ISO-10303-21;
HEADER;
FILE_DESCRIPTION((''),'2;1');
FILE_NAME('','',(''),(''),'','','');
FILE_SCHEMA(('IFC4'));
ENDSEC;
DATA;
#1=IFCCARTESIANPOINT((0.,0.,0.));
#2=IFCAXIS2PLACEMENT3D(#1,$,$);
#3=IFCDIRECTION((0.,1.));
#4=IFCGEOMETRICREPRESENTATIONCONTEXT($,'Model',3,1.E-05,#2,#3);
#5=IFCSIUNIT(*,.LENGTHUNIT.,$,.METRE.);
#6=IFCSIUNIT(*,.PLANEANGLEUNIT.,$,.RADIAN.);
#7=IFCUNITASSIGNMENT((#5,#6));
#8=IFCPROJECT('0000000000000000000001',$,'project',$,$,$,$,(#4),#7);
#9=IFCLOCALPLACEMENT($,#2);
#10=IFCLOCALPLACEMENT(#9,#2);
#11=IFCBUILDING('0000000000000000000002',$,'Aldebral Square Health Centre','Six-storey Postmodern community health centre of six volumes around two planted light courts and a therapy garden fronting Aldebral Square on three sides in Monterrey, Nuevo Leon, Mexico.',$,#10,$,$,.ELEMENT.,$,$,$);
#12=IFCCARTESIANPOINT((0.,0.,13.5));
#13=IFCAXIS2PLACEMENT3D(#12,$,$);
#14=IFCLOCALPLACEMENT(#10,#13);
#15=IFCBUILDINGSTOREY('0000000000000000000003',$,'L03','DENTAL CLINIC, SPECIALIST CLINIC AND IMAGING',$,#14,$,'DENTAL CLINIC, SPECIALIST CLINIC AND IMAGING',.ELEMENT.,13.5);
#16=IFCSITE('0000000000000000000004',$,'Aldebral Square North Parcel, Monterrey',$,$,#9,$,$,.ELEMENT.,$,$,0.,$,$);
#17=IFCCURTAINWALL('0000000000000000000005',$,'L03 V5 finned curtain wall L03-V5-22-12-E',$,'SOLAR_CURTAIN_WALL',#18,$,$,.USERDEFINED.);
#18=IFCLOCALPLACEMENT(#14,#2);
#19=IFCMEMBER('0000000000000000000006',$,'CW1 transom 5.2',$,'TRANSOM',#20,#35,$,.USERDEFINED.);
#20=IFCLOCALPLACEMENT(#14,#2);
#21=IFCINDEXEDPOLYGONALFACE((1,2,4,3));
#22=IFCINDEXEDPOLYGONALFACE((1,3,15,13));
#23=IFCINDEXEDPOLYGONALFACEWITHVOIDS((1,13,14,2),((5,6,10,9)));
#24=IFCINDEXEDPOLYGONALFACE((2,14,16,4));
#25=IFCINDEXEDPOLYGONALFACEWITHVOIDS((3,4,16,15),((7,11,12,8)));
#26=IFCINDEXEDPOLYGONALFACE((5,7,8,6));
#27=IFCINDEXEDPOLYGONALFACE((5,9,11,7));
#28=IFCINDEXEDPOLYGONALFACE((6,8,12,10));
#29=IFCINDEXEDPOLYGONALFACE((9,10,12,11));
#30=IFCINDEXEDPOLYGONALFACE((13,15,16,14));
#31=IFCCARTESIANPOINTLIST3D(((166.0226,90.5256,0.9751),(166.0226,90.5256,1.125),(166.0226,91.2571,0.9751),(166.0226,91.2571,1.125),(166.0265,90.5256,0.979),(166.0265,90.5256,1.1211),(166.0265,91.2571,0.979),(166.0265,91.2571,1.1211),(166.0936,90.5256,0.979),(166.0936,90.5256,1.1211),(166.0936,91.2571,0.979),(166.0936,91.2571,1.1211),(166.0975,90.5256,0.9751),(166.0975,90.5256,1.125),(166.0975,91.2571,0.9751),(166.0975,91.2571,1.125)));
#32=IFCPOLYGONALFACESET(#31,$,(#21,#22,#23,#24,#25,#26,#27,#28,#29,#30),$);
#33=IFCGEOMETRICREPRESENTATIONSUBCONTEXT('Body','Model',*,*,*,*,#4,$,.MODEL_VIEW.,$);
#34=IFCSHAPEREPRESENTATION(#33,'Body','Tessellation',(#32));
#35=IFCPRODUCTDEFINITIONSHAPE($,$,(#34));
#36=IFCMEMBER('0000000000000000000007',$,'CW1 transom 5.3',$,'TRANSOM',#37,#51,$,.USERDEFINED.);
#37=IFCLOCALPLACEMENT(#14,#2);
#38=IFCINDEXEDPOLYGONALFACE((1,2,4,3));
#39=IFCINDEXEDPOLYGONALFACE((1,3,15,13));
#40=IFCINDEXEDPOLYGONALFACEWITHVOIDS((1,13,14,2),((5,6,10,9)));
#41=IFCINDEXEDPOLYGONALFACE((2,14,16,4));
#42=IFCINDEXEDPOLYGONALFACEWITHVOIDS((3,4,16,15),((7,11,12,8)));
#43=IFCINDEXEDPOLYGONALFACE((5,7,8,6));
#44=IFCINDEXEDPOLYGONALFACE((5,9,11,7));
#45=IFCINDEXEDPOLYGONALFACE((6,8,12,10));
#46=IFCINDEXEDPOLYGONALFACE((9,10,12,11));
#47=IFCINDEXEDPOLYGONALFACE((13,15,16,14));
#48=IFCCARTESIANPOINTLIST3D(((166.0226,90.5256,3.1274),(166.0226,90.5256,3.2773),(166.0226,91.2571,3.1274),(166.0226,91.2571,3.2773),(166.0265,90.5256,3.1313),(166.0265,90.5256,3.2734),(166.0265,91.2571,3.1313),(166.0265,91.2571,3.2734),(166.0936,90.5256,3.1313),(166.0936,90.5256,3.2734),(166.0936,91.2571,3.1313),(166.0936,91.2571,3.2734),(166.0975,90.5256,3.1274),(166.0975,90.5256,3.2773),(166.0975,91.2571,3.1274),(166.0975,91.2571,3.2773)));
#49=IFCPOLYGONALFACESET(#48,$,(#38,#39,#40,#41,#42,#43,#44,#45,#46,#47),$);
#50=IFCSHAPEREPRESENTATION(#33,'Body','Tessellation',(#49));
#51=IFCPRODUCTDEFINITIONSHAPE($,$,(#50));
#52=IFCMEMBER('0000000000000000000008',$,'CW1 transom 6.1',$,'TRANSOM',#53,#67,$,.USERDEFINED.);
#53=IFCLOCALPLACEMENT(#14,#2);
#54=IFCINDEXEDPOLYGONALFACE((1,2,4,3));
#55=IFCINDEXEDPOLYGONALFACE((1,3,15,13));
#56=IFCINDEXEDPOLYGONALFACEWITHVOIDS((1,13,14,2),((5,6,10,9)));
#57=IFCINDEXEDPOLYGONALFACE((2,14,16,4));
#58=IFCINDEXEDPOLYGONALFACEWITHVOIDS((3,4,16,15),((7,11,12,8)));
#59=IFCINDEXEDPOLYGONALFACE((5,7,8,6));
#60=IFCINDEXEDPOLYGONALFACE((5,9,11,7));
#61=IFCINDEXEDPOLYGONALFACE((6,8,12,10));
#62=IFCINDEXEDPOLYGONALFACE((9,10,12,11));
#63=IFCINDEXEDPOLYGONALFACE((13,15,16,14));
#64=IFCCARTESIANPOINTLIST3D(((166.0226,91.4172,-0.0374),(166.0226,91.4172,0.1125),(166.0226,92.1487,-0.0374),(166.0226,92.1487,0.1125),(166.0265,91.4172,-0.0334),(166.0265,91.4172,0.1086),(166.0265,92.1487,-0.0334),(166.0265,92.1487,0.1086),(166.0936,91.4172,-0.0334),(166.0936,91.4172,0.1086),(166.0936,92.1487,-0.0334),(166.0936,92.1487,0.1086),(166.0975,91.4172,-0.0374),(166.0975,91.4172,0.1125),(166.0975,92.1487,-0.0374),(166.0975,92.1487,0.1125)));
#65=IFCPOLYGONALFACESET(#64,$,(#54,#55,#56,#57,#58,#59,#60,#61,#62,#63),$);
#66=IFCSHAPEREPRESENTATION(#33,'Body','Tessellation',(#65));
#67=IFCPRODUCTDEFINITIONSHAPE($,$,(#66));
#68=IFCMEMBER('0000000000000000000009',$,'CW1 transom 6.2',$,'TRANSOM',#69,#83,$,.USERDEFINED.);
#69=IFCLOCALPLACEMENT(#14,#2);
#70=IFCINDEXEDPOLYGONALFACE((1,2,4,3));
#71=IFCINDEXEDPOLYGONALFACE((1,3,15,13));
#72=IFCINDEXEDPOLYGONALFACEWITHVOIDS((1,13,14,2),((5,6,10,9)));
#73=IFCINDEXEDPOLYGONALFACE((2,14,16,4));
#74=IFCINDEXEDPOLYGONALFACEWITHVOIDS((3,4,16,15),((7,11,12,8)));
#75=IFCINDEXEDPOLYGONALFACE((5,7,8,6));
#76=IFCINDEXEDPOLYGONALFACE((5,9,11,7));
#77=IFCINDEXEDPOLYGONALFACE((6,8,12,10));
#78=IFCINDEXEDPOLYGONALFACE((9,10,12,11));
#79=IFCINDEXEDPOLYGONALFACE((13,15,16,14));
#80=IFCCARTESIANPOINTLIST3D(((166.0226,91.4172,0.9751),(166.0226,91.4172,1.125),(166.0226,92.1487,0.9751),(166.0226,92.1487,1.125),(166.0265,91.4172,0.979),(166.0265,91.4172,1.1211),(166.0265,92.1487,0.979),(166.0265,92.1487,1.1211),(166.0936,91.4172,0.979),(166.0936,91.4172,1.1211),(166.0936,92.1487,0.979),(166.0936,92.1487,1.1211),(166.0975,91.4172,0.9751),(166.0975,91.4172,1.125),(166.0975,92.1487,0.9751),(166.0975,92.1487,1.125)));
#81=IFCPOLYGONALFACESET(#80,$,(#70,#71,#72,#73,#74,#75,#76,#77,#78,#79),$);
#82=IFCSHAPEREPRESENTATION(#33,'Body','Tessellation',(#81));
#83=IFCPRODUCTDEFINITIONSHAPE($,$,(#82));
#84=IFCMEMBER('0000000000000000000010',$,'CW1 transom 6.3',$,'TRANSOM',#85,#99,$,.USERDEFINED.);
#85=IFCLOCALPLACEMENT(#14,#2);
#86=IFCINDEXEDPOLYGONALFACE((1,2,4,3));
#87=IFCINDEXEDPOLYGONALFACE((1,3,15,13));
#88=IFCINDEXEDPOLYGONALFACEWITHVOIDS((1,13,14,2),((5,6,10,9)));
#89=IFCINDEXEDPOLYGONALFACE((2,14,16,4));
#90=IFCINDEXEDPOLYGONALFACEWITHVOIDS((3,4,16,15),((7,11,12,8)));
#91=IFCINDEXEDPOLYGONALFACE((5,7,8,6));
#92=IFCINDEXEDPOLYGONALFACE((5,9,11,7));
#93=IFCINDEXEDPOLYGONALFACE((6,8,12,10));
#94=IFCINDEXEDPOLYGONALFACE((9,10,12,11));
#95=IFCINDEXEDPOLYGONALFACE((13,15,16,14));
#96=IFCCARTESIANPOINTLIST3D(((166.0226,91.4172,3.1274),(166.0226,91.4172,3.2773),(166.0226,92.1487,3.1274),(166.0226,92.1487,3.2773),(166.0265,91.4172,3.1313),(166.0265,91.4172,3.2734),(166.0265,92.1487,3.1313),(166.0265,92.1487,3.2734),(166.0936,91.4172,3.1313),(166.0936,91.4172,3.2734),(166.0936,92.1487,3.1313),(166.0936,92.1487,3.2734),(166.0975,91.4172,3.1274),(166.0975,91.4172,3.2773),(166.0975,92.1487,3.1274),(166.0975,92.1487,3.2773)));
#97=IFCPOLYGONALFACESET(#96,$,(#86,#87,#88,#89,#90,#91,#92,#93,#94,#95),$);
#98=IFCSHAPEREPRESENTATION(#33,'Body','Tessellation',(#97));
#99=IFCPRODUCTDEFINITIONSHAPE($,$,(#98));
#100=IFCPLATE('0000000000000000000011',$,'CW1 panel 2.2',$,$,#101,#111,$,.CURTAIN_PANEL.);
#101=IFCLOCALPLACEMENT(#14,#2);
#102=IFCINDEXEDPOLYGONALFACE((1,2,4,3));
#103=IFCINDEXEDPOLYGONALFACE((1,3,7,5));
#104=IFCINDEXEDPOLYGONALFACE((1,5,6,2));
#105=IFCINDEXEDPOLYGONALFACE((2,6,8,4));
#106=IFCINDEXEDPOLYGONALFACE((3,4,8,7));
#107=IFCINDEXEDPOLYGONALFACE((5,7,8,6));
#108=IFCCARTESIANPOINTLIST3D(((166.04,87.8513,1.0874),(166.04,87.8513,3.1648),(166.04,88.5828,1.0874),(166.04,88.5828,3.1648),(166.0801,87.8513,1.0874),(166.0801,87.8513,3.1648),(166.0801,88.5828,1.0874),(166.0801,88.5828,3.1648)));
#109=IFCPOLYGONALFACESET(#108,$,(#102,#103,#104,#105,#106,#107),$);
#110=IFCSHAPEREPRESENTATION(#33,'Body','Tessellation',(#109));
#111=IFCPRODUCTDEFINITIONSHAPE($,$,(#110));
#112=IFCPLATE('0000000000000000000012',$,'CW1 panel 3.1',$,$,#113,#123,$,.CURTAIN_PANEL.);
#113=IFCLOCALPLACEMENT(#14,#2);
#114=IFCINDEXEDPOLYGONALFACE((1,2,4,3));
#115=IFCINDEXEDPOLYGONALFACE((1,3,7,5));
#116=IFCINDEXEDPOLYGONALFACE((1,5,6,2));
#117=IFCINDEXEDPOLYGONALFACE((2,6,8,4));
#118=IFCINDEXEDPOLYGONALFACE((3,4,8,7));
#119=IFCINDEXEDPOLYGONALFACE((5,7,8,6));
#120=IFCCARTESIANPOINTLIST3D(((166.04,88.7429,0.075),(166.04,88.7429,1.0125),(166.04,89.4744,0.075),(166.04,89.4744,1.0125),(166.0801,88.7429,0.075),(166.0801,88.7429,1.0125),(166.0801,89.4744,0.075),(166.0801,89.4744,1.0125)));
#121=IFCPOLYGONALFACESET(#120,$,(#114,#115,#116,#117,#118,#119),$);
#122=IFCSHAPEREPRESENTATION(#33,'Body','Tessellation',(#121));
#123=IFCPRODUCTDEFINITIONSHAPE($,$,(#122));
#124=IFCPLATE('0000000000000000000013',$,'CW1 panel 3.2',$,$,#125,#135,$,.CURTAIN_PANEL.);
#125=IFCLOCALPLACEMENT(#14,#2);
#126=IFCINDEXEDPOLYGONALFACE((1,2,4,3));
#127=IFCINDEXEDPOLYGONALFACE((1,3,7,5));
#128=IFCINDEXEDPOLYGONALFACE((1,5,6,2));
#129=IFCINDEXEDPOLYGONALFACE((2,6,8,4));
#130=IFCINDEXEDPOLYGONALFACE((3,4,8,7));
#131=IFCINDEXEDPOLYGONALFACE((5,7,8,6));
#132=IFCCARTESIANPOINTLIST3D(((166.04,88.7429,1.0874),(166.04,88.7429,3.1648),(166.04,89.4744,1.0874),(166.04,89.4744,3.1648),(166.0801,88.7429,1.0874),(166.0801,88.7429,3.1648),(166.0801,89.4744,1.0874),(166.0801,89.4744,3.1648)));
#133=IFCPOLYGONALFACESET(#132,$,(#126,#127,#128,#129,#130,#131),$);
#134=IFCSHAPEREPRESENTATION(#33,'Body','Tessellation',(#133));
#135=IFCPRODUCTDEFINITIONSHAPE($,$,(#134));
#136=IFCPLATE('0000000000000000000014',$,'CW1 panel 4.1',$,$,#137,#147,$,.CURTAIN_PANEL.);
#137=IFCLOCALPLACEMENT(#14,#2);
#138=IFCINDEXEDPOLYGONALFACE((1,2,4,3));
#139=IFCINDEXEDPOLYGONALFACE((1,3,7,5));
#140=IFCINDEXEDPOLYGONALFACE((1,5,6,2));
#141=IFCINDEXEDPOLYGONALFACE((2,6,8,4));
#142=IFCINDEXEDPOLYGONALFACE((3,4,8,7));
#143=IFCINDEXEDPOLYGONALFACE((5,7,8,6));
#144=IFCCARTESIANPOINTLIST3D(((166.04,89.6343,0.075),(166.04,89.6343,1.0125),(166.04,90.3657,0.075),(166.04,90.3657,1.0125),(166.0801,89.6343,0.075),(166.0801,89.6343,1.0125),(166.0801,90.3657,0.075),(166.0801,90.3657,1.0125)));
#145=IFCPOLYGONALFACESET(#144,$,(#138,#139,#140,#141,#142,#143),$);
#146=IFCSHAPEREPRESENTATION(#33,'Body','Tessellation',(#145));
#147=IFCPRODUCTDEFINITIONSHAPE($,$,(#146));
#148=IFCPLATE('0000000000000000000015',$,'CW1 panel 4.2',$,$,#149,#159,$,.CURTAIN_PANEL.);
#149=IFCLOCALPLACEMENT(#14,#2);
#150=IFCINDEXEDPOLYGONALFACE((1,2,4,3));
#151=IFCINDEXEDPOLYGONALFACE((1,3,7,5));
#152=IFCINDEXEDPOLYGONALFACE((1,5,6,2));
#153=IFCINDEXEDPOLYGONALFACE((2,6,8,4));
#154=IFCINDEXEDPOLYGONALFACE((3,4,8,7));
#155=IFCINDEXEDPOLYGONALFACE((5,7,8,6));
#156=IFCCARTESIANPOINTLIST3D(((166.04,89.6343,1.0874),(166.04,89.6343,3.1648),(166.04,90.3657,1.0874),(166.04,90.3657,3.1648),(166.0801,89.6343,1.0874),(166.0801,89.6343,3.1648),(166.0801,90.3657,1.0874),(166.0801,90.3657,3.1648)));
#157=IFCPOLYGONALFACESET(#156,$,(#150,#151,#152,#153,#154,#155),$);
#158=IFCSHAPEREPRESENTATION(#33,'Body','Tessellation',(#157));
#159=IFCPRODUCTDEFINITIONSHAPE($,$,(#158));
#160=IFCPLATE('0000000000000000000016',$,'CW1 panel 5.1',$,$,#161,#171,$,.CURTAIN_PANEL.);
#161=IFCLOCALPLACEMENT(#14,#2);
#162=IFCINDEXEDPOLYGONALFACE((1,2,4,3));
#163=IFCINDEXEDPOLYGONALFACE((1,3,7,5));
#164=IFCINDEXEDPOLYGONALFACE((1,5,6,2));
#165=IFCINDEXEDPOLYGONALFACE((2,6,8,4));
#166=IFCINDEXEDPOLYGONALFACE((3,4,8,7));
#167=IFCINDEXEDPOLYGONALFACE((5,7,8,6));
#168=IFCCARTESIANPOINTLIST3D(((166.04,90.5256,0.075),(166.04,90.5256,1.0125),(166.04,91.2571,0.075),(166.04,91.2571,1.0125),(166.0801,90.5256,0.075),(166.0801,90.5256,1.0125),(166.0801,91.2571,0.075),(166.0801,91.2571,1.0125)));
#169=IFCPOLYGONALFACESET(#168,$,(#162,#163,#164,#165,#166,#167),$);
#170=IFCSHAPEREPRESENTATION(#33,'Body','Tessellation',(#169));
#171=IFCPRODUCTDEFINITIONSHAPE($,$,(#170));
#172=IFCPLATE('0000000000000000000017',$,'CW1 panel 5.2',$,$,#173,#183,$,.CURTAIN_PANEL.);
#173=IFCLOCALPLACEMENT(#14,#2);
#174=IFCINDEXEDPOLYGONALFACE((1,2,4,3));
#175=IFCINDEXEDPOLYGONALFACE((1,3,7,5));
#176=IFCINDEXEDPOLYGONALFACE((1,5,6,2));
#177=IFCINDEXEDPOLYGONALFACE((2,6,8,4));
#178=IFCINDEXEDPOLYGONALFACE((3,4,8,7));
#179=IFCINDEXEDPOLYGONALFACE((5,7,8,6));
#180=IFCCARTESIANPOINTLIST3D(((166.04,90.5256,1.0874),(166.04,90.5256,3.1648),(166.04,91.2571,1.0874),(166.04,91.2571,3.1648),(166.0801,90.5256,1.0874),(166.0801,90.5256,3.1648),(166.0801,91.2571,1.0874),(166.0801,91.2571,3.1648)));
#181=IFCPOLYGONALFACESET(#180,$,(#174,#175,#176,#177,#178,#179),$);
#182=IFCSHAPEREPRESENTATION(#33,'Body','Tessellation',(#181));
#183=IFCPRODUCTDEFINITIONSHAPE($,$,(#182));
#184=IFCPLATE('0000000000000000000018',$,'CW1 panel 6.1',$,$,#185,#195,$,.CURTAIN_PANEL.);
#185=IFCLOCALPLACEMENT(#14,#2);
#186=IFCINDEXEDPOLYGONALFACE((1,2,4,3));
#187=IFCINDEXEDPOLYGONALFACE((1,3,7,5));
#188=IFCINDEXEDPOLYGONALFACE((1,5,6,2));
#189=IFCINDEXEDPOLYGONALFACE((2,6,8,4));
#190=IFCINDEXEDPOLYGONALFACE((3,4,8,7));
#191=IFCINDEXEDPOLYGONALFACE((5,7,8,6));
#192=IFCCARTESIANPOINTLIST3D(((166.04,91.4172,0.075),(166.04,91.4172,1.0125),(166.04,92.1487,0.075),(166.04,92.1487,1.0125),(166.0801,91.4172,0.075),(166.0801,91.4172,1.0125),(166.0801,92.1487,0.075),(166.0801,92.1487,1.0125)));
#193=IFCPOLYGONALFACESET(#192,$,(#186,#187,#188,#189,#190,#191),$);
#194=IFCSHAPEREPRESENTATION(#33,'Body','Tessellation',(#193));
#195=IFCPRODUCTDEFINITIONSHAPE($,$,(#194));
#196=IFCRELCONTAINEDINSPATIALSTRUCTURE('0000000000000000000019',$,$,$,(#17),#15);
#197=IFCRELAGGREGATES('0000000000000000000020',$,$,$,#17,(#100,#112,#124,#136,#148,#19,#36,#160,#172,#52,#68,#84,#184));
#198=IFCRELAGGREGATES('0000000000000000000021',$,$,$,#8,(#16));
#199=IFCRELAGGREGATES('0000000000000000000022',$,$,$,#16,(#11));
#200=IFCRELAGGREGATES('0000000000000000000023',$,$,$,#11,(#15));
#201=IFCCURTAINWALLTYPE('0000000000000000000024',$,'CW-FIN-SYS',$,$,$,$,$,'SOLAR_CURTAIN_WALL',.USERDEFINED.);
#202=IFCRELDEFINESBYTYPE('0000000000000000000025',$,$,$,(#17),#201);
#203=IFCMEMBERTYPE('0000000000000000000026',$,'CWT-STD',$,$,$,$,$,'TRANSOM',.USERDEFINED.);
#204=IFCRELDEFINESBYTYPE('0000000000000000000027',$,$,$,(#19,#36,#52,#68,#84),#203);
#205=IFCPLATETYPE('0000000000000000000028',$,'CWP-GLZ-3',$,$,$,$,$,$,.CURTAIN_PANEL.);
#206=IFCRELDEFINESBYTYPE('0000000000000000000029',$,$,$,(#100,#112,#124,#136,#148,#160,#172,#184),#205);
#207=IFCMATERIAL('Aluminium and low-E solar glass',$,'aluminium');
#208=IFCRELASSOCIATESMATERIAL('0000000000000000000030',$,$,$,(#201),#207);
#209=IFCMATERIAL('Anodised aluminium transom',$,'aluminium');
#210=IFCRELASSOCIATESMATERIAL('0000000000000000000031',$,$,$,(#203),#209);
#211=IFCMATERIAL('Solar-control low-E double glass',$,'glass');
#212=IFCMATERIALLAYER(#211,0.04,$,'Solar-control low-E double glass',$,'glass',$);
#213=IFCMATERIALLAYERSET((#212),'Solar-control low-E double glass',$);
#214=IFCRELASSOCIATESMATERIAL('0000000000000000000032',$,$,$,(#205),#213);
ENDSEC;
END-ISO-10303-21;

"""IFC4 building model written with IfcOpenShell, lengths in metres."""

from ifc_helpers import new_model, si_unit, direction, frame, origin, origin_2d, place, context, subcontext, project, spatial, rectangle, hollow_rectangle, extrude, material, layer, layer_set, material_profile, profile_set, type_object, element, aggregate, save


model = new_model("IFC4")

# Units and contexts
model_context = context("Model", 3, precision=1e-05, world=origin(), true_north=direction((0.0, 1.0)))
body_context = subcontext(model_context, "Body", "Model", "MODEL_VIEW")
ifc_project = project(units=[si_unit("LENGTHUNIT", "METRE"), si_unit("PLANEANGLEUNIT", "RADIAN")], contexts=[model_context])

# Site, building, storey
site_placement = place(None, origin())
site = spatial("IfcSite", under=ifc_project, at=site_placement, Name="Aldebral Square North Parcel, Monterrey", CompositionType="ELEMENT", RefElevation=0.0)
building_placement = place(site_placement, origin())
building = spatial("IfcBuilding", under=site, at=building_placement, Name="Aldebral Square Health Centre", Description="Six-storey Postmodern community health centre of six volumes around two planted light courts and a therapy garden fronting Aldebral Square on three sides in Monterrey, Nuevo Leon, Mexico.", CompositionType="ELEMENT")
storey_placement = place(building_placement, frame((0.0, 0.0, 13.5)))
storey = spatial("IfcBuildingStorey", under=building, at=storey_placement, Name="L03", Description="DENTAL CLINIC, SPECIALIST CLINIC AND IMAGING", LongName="DENTAL CLINIC, SPECIALIST CLINIC AND IMAGING", CompositionType="ELEMENT", Elevation=13.5)

# Curtain wall, members, plates
ifc_material_1 = material(Name="Aluminium and low-E solar glass", Category="aluminium")
curtain_wall_type = type_object("IfcCurtainWallType", Name="CW-FIN-SYS", ElementType="SOLAR_CURTAIN_WALL", PredefinedType="USERDEFINED", material=ifc_material_1)
curtain_wall_placement = place(storey_placement, origin())
curtain_wall = element("IfcCurtainWall", 1, at=curtain_wall_placement, inside=storey, type_object=curtain_wall_type, Name="L03 V5 finned curtain wall L03-V5-22-12-E", ObjectType="SOLAR_CURTAIN_WALL", PredefinedType="USERDEFINED")
ifc_material_2 = material(Name="Anodised aluminium transom", Category="aluminium")
ifc_material_profile_1 = material_profile(ifc_material_2, hollow_rectangle(XDim=0.075, YDim=0.1499, WallThickness=0.0039, at=origin_2d()), Name="CWT 75x150x4")
ifc_profile_set_1 = profile_set([ifc_material_profile_1], Name="Anodised aluminium transom")
member_type_1 = type_object("IfcMemberType", Name="CWT-STD", ElementType="TRANSOM", PredefinedType="USERDEFINED", material=ifc_profile_set_1)
member_1_placement = place(storey_placement, frame((166.0601, 90.5256, 1.05), z_axis=(0.0, 1.0, 0.0), x_axis=(-1.0, 0.0, 0.0)))
member_1 = element("IfcMember", 2, at=member_1_placement, type_object=member_type_1, Name="CW1 transom 5.2", ObjectType="TRANSOM", PredefinedType="USERDEFINED", context=body_context, shape_type="SweptSolid", body=[
    extrude(hollow_rectangle(XDim=0.075, YDim=0.1499, WallThickness=0.0039, at=origin_2d()), origin(), (0.0, 0.0, 1.0), 0.7314),
])
member_2_placement = place(storey_placement, frame((166.0601, 90.5256, 3.2024), z_axis=(0.0, 1.0, 0.0), x_axis=(-1.0, 0.0, 0.0)))
member_2 = element("IfcMember", 3, at=member_2_placement, type_object=member_type_1, Name="CW1 transom 5.3", ObjectType="TRANSOM", PredefinedType="USERDEFINED", context=body_context, shape_type="SweptSolid", body=[
    extrude(hollow_rectangle(XDim=0.075, YDim=0.1499, WallThickness=0.0039, at=origin_2d()), origin(), (0.0, 0.0, 1.0), 0.7314),
])
member_3_placement = place(storey_placement, frame((166.0601, 91.4172, 0.0376), z_axis=(0.0, 1.0, 0.0), x_axis=(-1.0, 0.0, 0.0)))
member_3 = element("IfcMember", 4, at=member_3_placement, type_object=member_type_1, Name="CW1 transom 6.1", ObjectType="TRANSOM", PredefinedType="USERDEFINED", context=body_context, shape_type="SweptSolid", body=[
    extrude(hollow_rectangle(XDim=0.075, YDim=0.1499, WallThickness=0.0039, at=origin_2d()), origin(), (0.0, 0.0, 1.0), 0.7314),
])
member_4_placement = place(storey_placement, frame((166.0601, 91.4172, 1.05), z_axis=(0.0, 1.0, 0.0), x_axis=(-1.0, 0.0, 0.0)))
member_4 = element("IfcMember", 5, at=member_4_placement, type_object=member_type_1, Name="CW1 transom 6.2", ObjectType="TRANSOM", PredefinedType="USERDEFINED", context=body_context, shape_type="SweptSolid", body=[
    extrude(hollow_rectangle(XDim=0.075, YDim=0.1499, WallThickness=0.0039, at=origin_2d()), origin(), (0.0, 0.0, 1.0), 0.7314),
])
member_5_placement = place(storey_placement, frame((166.0601, 91.4172, 3.2024), z_axis=(0.0, 1.0, 0.0), x_axis=(-1.0, 0.0, 0.0)))
member_5 = element("IfcMember", 6, at=member_5_placement, type_object=member_type_1, Name="CW1 transom 6.3", ObjectType="TRANSOM", PredefinedType="USERDEFINED", context=body_context, shape_type="SweptSolid", body=[
    extrude(hollow_rectangle(XDim=0.075, YDim=0.1499, WallThickness=0.0039, at=origin_2d()), origin(), (0.0, 0.0, 1.0), 0.7314),
])
ifc_material_3 = material(Name="Solar-control low-E double glass", Category="glass")
ifc_layer_1 = layer(ifc_material_3, 0.04, Name="Solar-control low-E double glass", Category="glass")
ifc_layer_set_1 = layer_set([ifc_layer_1], Name="Solar-control low-E double glass")
plate_type = type_object("IfcPlateType", Name="CWP-GLZ-3", PredefinedType="CURTAIN_PANEL", material=ifc_layer_set_1)
plate_1_placement = place(storey_placement, frame((166.0601, 88.217, 1.0874), z_axis=(0.0, 0.0, 1.0), x_axis=(0.0, 1.0, 0.0)))
plate_1 = element("IfcPlate", 7, at=plate_1_placement, type_object=plate_type, Name="CW1 panel 2.2", PredefinedType="CURTAIN_PANEL", context=body_context, shape_type="SweptSolid", body=[
    extrude(rectangle(XDim=0.7314, YDim=0.04, at=origin_2d()), origin(), (0.0, 0.0, 1.0), 2.0774),
])
plate_2_placement = place(storey_placement, frame((166.0601, 89.1086, 0.075), z_axis=(0.0, 0.0, 1.0), x_axis=(0.0, 1.0, 0.0)))
plate_2 = element("IfcPlate", 8, at=plate_2_placement, type_object=plate_type, Name="CW1 panel 3.1", PredefinedType="CURTAIN_PANEL", context=body_context, shape_type="SweptSolid", body=[
    extrude(rectangle(XDim=0.7314, YDim=0.04, at=origin_2d()), origin(), (0.0, 0.0, 1.0), 0.9375),
])
plate_3_placement = place(storey_placement, frame((166.0601, 89.1086, 1.0874), z_axis=(0.0, 0.0, 1.0), x_axis=(0.0, 1.0, 0.0)))
plate_3 = element("IfcPlate", 9, at=plate_3_placement, type_object=plate_type, Name="CW1 panel 3.2", PredefinedType="CURTAIN_PANEL", context=body_context, shape_type="SweptSolid", body=[
    extrude(rectangle(XDim=0.7314, YDim=0.04, at=origin_2d()), origin(), (0.0, 0.0, 1.0), 2.0774),
])
plate_4_placement = place(storey_placement, frame((166.0601, 90.0, 0.075), z_axis=(0.0, 0.0, 1.0), x_axis=(0.0, 1.0, 0.0)))
plate_4 = element("IfcPlate", 10, at=plate_4_placement, type_object=plate_type, Name="CW1 panel 4.1", PredefinedType="CURTAIN_PANEL", context=body_context, shape_type="SweptSolid", body=[
    extrude(rectangle(XDim=0.7314, YDim=0.04, at=origin_2d()), origin(), (0.0, 0.0, 1.0), 0.9375),
])
plate_5_placement = place(storey_placement, frame((166.0601, 90.0, 1.0874), z_axis=(0.0, 0.0, 1.0), x_axis=(0.0, 1.0, 0.0)))
plate_5 = element("IfcPlate", 11, at=plate_5_placement, type_object=plate_type, Name="CW1 panel 4.2", PredefinedType="CURTAIN_PANEL", context=body_context, shape_type="SweptSolid", body=[
    extrude(rectangle(XDim=0.7314, YDim=0.04, at=origin_2d()), origin(), (0.0, 0.0, 1.0), 2.0774),
])
plate_6_placement = place(storey_placement, frame((166.0601, 90.8914, 0.075), z_axis=(0.0, 0.0, 1.0), x_axis=(0.0, 1.0, 0.0)))
plate_6 = element("IfcPlate", 12, at=plate_6_placement, type_object=plate_type, Name="CW1 panel 5.1", PredefinedType="CURTAIN_PANEL", context=body_context, shape_type="SweptSolid", body=[
    extrude(rectangle(XDim=0.7314, YDim=0.04, at=origin_2d()), origin(), (0.0, 0.0, 1.0), 0.9375),
])
plate_7_placement = place(storey_placement, frame((166.0601, 90.8914, 1.0874), z_axis=(0.0, 0.0, 1.0), x_axis=(0.0, 1.0, 0.0)))
plate_7 = element("IfcPlate", 13, at=plate_7_placement, type_object=plate_type, Name="CW1 panel 5.2", PredefinedType="CURTAIN_PANEL", context=body_context, shape_type="SweptSolid", body=[
    extrude(rectangle(XDim=0.7314, YDim=0.04, at=origin_2d()), origin(), (0.0, 0.0, 1.0), 2.0774),
])
plate_8_placement = place(storey_placement, frame((166.0601, 91.783, 0.075), z_axis=(0.0, 0.0, 1.0), x_axis=(0.0, 1.0, 0.0)))
plate_8 = element("IfcPlate", 14, at=plate_8_placement, type_object=plate_type, Name="CW1 panel 6.1", PredefinedType="CURTAIN_PANEL", context=body_context, shape_type="SweptSolid", body=[
    extrude(rectangle(XDim=0.7314, YDim=0.04, at=origin_2d()), origin(), (0.0, 0.0, 1.0), 0.9375),
])
aggregate(curtain_wall, [plate_1, plate_2, plate_3, plate_4, plate_5, member_1, member_2, plate_6, plate_7, member_3, member_4, member_5, plate_8])

save(model, "model.ifc")
